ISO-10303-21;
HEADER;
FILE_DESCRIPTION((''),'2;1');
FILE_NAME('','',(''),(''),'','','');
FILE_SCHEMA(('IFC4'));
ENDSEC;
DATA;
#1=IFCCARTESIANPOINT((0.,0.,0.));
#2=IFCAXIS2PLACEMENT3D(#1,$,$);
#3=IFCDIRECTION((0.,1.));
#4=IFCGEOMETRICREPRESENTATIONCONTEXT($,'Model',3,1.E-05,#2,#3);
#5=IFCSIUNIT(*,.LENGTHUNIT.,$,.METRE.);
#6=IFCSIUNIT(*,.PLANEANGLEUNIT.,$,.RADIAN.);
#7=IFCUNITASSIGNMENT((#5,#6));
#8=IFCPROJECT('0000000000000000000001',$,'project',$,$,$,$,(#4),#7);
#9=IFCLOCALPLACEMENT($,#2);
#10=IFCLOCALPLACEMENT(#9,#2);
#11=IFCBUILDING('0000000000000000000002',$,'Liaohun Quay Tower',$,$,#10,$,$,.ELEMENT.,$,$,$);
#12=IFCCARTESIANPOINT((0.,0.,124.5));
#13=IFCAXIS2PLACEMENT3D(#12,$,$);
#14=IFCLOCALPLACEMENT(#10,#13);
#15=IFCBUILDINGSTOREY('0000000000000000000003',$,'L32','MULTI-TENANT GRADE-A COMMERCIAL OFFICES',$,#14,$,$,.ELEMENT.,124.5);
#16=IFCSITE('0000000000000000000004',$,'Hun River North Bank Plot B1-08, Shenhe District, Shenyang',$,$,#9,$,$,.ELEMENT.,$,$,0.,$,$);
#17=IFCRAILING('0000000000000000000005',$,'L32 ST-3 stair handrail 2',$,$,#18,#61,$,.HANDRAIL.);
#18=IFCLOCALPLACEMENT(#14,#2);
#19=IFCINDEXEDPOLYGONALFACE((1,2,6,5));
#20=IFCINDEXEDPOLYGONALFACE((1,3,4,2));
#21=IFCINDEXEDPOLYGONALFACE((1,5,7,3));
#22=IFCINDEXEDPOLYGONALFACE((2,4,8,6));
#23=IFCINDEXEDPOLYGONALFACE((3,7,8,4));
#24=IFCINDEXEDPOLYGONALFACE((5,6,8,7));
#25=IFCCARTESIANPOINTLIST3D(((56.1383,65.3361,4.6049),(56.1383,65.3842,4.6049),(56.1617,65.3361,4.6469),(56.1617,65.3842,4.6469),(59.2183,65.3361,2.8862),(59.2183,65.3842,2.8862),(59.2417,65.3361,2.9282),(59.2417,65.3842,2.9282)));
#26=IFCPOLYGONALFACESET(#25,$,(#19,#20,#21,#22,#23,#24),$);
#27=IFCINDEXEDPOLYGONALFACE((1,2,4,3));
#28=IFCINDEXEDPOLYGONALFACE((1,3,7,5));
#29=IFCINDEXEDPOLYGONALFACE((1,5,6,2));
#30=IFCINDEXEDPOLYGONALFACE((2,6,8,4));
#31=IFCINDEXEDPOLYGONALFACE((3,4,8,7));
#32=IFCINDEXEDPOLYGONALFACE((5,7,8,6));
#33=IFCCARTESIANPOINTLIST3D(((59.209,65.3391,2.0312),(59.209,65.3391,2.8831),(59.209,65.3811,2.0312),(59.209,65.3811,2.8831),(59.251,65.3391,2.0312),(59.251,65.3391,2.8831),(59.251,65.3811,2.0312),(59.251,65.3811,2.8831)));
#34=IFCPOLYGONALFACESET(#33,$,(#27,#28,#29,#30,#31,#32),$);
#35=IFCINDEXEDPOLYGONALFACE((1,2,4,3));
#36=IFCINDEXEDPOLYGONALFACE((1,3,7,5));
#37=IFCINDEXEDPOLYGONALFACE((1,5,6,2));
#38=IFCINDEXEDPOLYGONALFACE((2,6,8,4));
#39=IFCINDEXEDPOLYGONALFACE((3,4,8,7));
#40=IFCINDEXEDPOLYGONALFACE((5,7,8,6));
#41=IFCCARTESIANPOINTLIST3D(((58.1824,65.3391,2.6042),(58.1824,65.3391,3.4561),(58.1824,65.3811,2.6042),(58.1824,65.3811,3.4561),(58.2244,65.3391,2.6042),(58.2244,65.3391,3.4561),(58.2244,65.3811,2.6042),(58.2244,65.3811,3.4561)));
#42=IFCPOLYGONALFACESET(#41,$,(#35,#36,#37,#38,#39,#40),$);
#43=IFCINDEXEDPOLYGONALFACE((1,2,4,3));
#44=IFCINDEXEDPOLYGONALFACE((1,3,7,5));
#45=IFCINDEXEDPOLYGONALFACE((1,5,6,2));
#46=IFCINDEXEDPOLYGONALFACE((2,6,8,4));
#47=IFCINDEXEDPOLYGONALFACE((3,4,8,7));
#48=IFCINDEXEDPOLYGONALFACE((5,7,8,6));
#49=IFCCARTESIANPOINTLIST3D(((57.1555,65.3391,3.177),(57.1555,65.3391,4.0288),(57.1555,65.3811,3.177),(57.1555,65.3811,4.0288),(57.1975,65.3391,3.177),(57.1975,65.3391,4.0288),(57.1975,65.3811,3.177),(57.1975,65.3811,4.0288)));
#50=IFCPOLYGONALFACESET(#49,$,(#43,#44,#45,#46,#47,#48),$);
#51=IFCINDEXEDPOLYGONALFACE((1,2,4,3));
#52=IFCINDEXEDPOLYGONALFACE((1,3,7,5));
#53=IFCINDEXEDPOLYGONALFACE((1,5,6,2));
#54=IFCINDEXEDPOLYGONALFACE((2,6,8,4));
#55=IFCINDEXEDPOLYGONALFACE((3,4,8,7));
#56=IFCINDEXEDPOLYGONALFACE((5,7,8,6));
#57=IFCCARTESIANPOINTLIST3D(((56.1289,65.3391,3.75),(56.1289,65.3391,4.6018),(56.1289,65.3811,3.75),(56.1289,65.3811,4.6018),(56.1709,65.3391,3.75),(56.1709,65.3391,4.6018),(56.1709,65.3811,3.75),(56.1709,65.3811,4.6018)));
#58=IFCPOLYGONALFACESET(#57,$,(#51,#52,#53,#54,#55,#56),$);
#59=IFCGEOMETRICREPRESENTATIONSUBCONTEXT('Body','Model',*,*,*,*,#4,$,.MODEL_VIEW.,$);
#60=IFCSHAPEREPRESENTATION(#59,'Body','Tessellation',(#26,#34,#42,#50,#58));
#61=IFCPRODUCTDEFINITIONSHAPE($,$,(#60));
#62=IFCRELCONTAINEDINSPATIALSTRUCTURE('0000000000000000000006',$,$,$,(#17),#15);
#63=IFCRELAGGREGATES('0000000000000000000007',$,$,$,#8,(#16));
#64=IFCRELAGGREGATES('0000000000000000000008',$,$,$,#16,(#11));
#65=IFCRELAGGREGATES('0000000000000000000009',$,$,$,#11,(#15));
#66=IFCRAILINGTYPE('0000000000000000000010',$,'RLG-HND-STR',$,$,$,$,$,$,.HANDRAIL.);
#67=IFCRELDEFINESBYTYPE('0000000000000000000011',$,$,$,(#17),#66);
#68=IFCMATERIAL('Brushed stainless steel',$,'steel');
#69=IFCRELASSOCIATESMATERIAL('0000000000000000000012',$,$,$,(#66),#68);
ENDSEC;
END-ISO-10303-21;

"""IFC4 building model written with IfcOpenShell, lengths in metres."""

from ifc_helpers import new_model, si_unit, direction, frame, origin, origin_2d, place, context, subcontext, project, spatial, rectangle, extrude, material, type_object, element, save


model = new_model("IFC4")

# Units and contexts
model_context = context("Model", 3, precision=1e-05, world=origin(), true_north=direction((0.0, 1.0)))
body_context = subcontext(model_context, "Body", "Model", "MODEL_VIEW")
ifc_project = project(units=[si_unit("LENGTHUNIT", "METRE"), si_unit("PLANEANGLEUNIT", "RADIAN")], contexts=[model_context])

# Site, building, storey
site_placement = place(None, origin())
site = spatial("IfcSite", under=ifc_project, at=site_placement, Name="Hun River North Bank Plot B1-08, Shenhe District, Shenyang", CompositionType="ELEMENT", RefElevation=0.0)
building_placement = place(site_placement, origin())
building = spatial("IfcBuilding", under=site, at=building_placement, Name="Liaohun Quay Tower", CompositionType="ELEMENT")
storey_placement = place(building_placement, frame((0.0, 0.0, 124.5)))
storey = spatial("IfcBuildingStorey", under=building, at=storey_placement, Name="L32", Description="MULTI-TENANT GRADE-A COMMERCIAL OFFICES", CompositionType="ELEMENT", Elevation=124.5)

# Railing
ifc_material_1 = material(Name="Brushed stainless steel", Category="steel")
railing_type_1 = type_object("IfcRailingType", Name="RLG-HND-STR", PredefinedType="HANDRAIL", material=ifc_material_1)
railing_1_placement = place(storey_placement, frame((59.23, 65.3601, 2.0312)))
element("IfcRailing", 1, at=railing_1_placement, inside=storey, type_object=railing_type_1, Name="L32 ST-3 stair handrail 2", PredefinedType="HANDRAIL", context=body_context, shape_type="SweptSolid", body=[
    extrude(rectangle(XDim=0.0481, YDim=0.0481, at=origin_2d()), frame((0.0, 0.0, 0.876), z_axis=(-0.873242, 0.0, 0.487288), x_axis=(0.0, -1.0, 0.0)), (0.0, 0.0, 1.0), 3.5271),
    extrude(rectangle(XDim=0.042, YDim=0.042, at=origin_2d()), origin(), (0.0, 0.0, 1.0), 0.8518),
    extrude(rectangle(XDim=0.042, YDim=0.042, at=origin_2d()), frame((-1.0266, 0.0, 0.573)), (0.0, 0.0, 1.0), 0.8518),
    extrude(rectangle(XDim=0.042, YDim=0.042, at=origin_2d()), frame((-2.0535, 0.0, 1.1458)), (0.0, 0.0, 1.0), 0.8518),
    extrude(rectangle(XDim=0.042, YDim=0.042, at=origin_2d()), frame((-3.0801, 0.0, 1.7188)), (0.0, 0.0, 1.0), 0.8518),
])

save(model, "model.ifc")
